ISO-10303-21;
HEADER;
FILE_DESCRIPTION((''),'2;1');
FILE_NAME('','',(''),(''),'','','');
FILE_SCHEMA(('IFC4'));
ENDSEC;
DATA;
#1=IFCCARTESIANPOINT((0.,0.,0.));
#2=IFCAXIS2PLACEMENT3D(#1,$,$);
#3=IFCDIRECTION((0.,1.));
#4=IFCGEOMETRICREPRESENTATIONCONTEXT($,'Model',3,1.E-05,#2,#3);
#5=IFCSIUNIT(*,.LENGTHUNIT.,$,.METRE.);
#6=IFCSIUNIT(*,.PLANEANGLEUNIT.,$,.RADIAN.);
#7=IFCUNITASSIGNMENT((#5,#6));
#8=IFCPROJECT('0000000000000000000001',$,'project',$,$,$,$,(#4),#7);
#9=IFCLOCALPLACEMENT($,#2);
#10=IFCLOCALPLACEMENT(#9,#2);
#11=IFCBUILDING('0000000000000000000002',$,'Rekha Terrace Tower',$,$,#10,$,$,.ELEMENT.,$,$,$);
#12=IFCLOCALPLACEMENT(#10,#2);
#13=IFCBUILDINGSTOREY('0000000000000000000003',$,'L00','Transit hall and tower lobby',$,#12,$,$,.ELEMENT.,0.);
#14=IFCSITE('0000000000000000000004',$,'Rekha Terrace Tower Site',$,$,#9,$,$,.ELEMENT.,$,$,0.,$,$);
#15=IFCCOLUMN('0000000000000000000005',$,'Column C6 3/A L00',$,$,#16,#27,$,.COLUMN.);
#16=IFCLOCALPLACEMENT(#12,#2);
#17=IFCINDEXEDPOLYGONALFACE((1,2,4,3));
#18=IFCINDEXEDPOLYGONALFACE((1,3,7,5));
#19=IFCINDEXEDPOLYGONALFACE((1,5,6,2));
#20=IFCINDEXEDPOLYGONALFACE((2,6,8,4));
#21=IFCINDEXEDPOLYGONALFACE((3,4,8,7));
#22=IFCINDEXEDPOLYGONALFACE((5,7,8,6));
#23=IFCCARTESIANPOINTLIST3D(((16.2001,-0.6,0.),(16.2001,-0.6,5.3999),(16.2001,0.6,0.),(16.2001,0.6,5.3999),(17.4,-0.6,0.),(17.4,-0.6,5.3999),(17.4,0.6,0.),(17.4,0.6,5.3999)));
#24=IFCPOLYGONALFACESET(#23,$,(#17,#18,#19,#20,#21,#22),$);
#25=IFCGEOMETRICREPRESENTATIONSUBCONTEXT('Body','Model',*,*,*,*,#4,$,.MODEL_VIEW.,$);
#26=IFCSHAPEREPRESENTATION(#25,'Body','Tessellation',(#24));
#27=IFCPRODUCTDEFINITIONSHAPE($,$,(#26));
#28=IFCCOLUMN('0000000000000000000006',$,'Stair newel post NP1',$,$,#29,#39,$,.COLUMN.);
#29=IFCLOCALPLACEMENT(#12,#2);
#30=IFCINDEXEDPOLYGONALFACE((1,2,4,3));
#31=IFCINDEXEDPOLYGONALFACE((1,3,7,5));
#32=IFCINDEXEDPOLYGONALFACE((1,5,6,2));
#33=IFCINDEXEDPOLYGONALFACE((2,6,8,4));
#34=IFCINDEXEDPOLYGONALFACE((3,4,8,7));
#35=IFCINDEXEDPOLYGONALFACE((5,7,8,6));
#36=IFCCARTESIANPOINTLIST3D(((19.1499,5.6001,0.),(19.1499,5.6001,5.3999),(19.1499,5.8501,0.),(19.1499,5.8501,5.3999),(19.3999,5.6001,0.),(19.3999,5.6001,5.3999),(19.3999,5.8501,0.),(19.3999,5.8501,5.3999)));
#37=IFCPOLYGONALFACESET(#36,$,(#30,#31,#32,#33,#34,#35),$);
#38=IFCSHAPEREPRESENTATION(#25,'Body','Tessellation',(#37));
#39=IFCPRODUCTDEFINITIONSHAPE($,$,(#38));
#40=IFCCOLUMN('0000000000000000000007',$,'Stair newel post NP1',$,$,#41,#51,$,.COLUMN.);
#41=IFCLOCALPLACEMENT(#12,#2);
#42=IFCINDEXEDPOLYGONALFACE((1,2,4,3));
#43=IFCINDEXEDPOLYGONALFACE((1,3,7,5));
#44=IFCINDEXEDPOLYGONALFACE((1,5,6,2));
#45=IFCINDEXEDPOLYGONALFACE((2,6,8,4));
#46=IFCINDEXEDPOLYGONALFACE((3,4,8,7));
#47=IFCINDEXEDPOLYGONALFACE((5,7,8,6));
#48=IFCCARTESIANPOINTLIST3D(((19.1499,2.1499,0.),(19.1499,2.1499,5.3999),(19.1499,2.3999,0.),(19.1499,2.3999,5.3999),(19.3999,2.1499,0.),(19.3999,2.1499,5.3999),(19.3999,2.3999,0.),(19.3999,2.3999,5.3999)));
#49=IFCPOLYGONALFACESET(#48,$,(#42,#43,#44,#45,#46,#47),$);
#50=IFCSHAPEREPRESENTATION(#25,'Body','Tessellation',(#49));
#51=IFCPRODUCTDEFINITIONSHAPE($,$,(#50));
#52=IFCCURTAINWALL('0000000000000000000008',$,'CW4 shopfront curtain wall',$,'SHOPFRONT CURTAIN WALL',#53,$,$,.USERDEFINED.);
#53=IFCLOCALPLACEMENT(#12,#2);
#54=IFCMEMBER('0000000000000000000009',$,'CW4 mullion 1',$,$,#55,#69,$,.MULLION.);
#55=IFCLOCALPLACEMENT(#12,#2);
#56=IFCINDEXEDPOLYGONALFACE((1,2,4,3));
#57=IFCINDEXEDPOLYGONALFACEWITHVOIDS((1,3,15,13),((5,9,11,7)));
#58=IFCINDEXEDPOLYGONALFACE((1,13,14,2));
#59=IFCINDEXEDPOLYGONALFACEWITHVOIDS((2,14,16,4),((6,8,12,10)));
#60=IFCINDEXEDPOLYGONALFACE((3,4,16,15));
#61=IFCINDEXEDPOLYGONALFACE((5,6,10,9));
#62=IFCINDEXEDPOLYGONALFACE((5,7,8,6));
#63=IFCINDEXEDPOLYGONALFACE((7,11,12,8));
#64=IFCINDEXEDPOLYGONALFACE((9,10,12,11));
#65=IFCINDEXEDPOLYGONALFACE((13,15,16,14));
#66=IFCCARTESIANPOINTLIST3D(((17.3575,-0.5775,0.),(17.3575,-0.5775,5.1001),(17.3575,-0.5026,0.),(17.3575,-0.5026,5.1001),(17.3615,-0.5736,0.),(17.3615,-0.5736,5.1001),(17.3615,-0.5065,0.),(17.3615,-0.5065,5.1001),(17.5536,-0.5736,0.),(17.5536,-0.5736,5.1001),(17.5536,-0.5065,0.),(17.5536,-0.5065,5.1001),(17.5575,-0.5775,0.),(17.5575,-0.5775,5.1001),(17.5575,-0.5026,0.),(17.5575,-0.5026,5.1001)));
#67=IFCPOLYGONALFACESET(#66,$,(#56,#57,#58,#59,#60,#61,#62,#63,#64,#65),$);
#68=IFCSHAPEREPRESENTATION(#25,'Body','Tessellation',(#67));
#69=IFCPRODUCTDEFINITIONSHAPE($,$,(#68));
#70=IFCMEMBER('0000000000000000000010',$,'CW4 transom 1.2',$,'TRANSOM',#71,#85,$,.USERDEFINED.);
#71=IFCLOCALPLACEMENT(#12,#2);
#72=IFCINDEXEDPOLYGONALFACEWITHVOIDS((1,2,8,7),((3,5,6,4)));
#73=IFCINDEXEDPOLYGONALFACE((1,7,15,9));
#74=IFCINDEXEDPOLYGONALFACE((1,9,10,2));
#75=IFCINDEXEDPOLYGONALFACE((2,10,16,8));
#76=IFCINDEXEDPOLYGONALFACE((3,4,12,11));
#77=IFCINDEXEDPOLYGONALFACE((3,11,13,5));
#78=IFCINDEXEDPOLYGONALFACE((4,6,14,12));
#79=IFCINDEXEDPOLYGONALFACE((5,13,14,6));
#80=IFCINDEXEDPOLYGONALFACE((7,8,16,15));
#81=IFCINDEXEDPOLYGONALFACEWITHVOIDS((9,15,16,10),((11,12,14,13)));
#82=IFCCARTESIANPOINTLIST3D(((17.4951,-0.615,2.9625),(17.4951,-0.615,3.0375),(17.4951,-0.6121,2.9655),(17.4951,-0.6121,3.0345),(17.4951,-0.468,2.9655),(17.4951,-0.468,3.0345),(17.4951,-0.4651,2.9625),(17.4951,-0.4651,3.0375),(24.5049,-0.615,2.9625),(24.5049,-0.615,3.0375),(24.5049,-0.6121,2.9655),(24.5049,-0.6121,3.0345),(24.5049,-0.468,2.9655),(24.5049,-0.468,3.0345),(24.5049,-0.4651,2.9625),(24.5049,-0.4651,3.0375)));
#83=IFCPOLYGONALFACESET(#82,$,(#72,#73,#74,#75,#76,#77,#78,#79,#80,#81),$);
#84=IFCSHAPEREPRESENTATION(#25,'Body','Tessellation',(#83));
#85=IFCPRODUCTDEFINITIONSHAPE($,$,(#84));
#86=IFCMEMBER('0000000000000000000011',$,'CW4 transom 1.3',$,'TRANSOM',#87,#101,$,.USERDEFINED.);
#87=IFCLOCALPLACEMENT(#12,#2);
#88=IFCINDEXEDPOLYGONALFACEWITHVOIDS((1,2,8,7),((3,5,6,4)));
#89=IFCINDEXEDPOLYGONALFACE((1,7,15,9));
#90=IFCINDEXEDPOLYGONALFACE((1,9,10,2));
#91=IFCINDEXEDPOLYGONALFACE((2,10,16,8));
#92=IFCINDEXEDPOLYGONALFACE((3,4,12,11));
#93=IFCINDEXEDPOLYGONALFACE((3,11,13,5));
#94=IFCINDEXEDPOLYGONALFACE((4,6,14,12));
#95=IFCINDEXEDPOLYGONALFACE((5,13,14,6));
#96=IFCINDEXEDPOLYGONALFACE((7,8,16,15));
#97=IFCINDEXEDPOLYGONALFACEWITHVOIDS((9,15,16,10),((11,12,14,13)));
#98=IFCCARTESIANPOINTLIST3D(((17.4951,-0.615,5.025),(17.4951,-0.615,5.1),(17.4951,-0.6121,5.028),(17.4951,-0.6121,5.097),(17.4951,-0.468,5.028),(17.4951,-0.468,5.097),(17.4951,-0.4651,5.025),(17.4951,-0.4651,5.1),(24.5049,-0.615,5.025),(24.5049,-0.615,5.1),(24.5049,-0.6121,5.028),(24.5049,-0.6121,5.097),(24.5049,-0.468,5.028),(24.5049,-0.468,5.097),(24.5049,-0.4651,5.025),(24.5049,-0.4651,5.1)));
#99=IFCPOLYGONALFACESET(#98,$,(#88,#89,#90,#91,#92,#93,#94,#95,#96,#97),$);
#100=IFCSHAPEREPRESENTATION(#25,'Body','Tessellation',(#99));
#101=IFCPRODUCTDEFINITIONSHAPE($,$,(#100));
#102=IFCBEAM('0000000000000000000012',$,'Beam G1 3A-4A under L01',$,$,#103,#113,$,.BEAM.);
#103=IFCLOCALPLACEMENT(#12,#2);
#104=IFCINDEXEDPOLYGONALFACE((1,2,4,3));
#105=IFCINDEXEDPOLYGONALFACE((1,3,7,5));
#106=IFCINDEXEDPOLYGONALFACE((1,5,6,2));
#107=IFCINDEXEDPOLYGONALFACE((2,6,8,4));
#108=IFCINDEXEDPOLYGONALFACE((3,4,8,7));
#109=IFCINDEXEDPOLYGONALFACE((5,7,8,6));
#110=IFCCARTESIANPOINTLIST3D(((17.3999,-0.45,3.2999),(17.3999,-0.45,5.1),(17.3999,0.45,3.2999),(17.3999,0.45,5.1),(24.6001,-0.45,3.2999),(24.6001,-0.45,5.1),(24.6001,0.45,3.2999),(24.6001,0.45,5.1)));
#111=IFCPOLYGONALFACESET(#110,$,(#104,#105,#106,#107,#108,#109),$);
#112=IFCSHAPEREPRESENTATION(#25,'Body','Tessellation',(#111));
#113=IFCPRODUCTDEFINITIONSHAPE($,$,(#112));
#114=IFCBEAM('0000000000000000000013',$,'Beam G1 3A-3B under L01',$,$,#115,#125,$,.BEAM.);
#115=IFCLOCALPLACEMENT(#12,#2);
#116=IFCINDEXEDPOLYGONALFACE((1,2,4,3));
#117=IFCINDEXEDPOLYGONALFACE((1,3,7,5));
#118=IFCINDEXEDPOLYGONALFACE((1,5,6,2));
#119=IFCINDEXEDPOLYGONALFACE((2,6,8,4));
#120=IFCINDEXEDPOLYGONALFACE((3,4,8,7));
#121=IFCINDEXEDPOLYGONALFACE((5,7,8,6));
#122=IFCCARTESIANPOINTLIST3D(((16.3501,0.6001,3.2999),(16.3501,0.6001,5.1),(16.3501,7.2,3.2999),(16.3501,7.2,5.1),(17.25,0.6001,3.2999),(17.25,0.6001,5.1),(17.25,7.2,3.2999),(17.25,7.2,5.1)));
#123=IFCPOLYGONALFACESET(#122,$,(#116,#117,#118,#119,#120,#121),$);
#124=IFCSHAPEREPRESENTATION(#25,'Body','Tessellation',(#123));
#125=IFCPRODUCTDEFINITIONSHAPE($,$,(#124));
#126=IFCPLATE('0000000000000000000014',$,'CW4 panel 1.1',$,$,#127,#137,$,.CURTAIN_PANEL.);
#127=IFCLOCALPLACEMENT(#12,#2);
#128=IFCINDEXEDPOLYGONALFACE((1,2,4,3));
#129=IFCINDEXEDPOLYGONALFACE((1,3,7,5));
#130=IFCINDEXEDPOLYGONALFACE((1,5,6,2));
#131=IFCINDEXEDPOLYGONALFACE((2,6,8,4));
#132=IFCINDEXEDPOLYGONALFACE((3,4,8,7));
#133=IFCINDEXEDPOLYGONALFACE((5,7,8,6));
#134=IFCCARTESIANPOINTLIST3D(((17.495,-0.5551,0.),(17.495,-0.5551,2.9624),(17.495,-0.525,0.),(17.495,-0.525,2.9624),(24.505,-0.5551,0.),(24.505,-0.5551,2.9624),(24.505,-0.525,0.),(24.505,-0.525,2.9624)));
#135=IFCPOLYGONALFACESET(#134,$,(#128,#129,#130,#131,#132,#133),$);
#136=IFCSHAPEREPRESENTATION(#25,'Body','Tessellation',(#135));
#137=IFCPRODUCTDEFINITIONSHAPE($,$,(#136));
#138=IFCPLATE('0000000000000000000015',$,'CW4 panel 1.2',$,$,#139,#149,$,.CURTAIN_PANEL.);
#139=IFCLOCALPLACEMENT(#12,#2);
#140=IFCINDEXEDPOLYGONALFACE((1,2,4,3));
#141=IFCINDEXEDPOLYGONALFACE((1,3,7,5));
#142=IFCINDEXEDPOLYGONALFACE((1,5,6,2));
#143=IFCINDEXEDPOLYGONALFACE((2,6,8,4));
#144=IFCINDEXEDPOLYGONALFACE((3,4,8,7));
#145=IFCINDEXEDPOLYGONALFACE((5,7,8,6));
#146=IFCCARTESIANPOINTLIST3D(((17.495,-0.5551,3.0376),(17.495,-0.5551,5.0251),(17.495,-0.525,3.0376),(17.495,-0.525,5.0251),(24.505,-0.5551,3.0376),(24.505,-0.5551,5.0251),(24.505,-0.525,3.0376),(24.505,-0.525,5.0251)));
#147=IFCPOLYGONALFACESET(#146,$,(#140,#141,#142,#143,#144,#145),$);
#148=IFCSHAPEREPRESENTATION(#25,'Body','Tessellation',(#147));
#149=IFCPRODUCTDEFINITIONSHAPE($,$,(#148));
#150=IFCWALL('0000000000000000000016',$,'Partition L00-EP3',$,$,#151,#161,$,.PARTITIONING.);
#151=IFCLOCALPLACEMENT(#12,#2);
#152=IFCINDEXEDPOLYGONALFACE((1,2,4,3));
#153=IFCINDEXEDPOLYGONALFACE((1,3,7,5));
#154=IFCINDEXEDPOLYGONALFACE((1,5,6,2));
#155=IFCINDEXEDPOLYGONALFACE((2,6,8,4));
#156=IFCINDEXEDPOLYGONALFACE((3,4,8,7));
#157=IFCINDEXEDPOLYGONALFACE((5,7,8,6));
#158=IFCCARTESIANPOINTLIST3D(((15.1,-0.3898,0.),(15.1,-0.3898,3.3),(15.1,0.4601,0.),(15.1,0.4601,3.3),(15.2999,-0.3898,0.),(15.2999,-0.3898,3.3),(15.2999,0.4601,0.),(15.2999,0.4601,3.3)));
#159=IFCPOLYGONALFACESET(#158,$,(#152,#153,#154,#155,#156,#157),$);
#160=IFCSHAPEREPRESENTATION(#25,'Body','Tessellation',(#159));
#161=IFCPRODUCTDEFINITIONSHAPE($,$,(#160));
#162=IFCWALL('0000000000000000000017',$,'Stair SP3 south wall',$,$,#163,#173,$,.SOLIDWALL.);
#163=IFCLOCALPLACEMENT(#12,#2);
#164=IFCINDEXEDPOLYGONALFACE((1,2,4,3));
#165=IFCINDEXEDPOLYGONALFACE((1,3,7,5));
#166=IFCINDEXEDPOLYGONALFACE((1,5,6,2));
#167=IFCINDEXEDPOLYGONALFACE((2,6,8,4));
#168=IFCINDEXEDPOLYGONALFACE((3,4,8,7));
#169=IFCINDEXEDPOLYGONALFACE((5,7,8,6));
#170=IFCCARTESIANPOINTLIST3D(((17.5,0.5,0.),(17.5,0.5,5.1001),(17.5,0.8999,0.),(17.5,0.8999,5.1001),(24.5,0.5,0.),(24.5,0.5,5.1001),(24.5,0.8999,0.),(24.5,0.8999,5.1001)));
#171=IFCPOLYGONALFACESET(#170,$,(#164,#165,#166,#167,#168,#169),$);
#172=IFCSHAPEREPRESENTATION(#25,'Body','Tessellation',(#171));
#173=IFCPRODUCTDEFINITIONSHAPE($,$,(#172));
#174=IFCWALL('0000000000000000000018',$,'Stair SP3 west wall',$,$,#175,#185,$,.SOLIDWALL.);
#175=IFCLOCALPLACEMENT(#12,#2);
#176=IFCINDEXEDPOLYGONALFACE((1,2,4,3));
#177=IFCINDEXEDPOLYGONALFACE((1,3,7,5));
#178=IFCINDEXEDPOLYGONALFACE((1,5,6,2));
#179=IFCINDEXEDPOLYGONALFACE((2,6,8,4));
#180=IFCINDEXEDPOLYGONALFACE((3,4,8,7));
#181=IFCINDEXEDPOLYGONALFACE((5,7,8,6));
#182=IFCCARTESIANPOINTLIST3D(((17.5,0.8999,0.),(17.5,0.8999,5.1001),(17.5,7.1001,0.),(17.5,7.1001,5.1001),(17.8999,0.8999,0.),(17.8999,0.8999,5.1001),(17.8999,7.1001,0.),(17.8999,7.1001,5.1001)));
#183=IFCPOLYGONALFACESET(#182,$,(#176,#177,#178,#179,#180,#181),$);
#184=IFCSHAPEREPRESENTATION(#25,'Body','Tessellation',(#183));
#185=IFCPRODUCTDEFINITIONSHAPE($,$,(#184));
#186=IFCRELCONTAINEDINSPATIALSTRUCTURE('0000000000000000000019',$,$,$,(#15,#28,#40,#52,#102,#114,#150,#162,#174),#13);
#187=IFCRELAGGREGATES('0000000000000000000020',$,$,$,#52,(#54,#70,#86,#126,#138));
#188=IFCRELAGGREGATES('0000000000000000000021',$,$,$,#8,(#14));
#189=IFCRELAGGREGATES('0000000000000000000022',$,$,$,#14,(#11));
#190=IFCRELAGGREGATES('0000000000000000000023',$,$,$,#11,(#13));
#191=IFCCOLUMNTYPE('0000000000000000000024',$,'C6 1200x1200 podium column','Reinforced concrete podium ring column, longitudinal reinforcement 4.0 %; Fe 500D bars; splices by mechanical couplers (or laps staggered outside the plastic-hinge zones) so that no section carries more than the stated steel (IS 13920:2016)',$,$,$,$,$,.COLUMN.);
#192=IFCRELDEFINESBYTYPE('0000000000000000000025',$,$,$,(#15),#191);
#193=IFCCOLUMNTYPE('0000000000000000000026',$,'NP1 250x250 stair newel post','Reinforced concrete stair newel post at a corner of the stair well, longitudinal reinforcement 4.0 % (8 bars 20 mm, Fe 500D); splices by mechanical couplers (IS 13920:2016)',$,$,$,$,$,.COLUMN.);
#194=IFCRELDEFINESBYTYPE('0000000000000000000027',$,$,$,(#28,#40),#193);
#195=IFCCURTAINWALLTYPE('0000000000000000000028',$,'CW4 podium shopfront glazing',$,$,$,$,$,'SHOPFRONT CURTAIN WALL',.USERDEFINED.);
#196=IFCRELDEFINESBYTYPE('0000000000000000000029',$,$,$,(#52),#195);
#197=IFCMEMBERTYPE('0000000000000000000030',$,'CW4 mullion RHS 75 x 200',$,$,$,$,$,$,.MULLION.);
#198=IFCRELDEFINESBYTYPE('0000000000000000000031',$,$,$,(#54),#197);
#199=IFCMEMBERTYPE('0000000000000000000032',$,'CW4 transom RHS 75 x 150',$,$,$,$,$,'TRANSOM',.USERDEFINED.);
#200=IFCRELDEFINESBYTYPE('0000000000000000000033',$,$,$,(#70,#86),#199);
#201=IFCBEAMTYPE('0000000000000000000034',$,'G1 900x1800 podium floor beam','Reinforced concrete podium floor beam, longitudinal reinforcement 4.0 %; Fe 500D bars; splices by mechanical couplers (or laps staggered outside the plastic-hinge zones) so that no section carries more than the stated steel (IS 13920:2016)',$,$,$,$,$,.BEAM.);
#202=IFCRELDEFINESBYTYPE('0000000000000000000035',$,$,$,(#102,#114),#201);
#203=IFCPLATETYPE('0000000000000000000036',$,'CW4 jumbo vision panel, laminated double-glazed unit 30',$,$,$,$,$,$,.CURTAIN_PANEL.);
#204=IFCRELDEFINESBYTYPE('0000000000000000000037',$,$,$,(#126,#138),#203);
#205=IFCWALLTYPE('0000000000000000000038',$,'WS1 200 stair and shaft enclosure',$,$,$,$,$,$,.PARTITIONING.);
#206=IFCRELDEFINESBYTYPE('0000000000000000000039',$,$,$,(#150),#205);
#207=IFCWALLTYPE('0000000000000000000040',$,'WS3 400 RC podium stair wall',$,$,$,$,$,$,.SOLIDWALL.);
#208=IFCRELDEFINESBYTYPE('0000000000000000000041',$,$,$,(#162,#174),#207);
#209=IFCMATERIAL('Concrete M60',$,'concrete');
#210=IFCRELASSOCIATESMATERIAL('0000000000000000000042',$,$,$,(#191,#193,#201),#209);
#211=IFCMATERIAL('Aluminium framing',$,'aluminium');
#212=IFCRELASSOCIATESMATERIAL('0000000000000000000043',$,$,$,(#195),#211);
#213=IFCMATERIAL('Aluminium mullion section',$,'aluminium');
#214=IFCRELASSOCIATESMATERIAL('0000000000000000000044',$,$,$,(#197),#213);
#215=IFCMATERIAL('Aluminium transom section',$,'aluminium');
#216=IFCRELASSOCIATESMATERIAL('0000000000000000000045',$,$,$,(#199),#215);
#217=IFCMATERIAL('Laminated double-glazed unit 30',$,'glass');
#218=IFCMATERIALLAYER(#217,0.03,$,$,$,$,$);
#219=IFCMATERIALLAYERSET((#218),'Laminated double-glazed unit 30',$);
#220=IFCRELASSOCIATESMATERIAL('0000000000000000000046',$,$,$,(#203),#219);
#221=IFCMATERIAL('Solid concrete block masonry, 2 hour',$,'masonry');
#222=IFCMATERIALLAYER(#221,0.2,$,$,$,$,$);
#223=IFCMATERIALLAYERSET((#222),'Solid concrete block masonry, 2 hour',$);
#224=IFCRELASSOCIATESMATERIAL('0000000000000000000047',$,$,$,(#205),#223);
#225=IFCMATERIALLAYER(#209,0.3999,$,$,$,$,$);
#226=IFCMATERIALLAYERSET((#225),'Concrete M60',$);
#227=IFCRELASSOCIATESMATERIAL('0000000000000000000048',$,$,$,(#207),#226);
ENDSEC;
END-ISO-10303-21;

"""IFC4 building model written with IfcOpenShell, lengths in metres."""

from ifc_helpers import new_model, si_unit, direction, frame, frame_2d, origin, origin_2d, place, context, subcontext, project, spatial, rectangle, hollow_rectangle, extrude, material, layer, layer_set, material_profile, profile_set, type_object, element, aggregate, save


model = new_model("IFC4")

# Units and contexts
model_context = context("Model", 3, precision=1e-05, world=origin(), true_north=direction((0.0, 1.0)))
body_context = subcontext(model_context, "Body", "Model", "MODEL_VIEW")
ifc_project = project(units=[si_unit("LENGTHUNIT", "METRE"), si_unit("PLANEANGLEUNIT", "RADIAN")], contexts=[model_context])

# Site, building, storey
site_placement = place(None, origin())
site = spatial("IfcSite", under=ifc_project, at=site_placement, Name="Rekha Terrace Tower Site", CompositionType="ELEMENT", RefElevation=0.0)
building_placement = place(site_placement, origin())
building = spatial("IfcBuilding", under=site, at=building_placement, Name="Rekha Terrace Tower", CompositionType="ELEMENT")
storey_placement = place(building_placement, origin())
storey = spatial("IfcBuildingStorey", under=building, at=storey_placement, Name="L00", Description="Transit hall and tower lobby", CompositionType="ELEMENT", Elevation=0.0)

# Columns
ifc_material_1 = material(Name="Concrete M60", Category="concrete")
ifc_material_profile_1 = material_profile(ifc_material_1, rectangle(XDim=1.2, YDim=1.2, at=origin_2d()), Name="RC 1200x1200")
ifc_profile_set_1 = profile_set([ifc_material_profile_1], Name="Concrete M60")
column_type_1 = type_object("IfcColumnType", Name="C6 1200x1200 podium column", Description="Reinforced concrete podium ring column, longitudinal reinforcement 4.0 %; Fe 500D bars; splices by mechanical couplers (or laps staggered outside the plastic-hinge zones) so that no section carries more than the stated steel (IS 13920:2016)", PredefinedType="COLUMN", material=ifc_profile_set_1)
column_placement = place(storey_placement, frame((16.8, 0.0, 0.0), z_axis=(0.0, 0.0, 1.0), x_axis=(1.0, 0.0, 0.0)))
element("IfcColumn", 1, at=column_placement, inside=storey, type_object=column_type_1, Name="Column C6 3/A L00", PredefinedType="COLUMN", context=body_context, shape_type="SweptSolid", body=[
    extrude(rectangle(XDim=1.2, YDim=1.2, at=origin_2d()), origin(), (0.0, 0.0, 1.0), 5.3999),
])
ifc_material_profile_2 = material_profile(ifc_material_1, rectangle(XDim=0.25, YDim=0.25, at=origin_2d()), Name="RC 250x250")
ifc_profile_set_2 = profile_set([ifc_material_profile_2], Name="Concrete M60")
column_type_2 = type_object("IfcColumnType", Name="NP1 250x250 stair newel post", Description="Reinforced concrete stair newel post at a corner of the stair well, longitudinal reinforcement 4.0 % (8 bars 20 mm, Fe 500D); splices by mechanical couplers (IS 13920:2016)", PredefinedType="COLUMN", material=ifc_profile_set_2)
for number, where, z_axis, x_axis, name in (
    (2, (19.2749, 5.7251, 0.0), (0.0, 0.0, 1.0), (1.0, 0.0, 0.0), "Stair newel post NP1"),
    (3, (19.2749, 2.2749, 0.0), (0.0, 0.0, 1.0), (1.0, 0.0, 0.0), "Stair newel post NP1"),
):
    element("IfcColumn", number, at=place(storey_placement, frame(where, z_axis=z_axis, x_axis=x_axis)), inside=storey, type_object=column_type_2, Name=name, PredefinedType="COLUMN", context=body_context, shape_type="SweptSolid", body=[
        extrude(rectangle(XDim=0.25, YDim=0.25, at=origin_2d()), origin(), (0.0, 0.0, 1.0), 5.3999),
    ])

# Curtain wall, members
ifc_material_2 = material(Name="Aluminium framing", Category="aluminium")
curtain_wall_type = type_object("IfcCurtainWallType", Name="CW4 podium shopfront glazing", ElementType="SHOPFRONT CURTAIN WALL", PredefinedType="USERDEFINED", material=ifc_material_2)
curtain_wall_placement = place(storey_placement, origin())
curtain_wall = element("IfcCurtainWall", 4, at=curtain_wall_placement, inside=storey, type_object=curtain_wall_type, Name="CW4 shopfront curtain wall", ObjectType="SHOPFRONT CURTAIN WALL", PredefinedType="USERDEFINED")
ifc_material_3 = material(Name="Aluminium mullion section", Category="aluminium")
ifc_material_profile_3 = material_profile(ifc_material_3, hollow_rectangle(XDim=0.075, YDim=0.2, WallThickness=0.0039, at=origin_2d()), Name="AL RHS 75x200")
ifc_profile_set_3 = profile_set([ifc_material_profile_3], Name="Aluminium mullion section")
member_type_1 = type_object("IfcMemberType", Name="CW4 mullion RHS 75 x 200", PredefinedType="MULLION", material=ifc_profile_set_3)
member_1_placement = place(storey_placement, frame((17.4575, -0.54, 0.0), z_axis=(0.0, 0.0, 1.0), x_axis=(0.0, 1.0, 0.0)))
member_1 = element("IfcMember", 5, at=member_1_placement, type_object=member_type_1, Name="CW4 mullion 1", PredefinedType="MULLION", context=body_context, shape_type="SweptSolid", body=[
    extrude(hollow_rectangle(XDim=0.075, YDim=0.2, WallThickness=0.0039, at=origin_2d()), origin(), (0.0, 0.0, 1.0), 5.1001),
])
ifc_material_4 = material(Name="Aluminium transom section", Category="aluminium")
ifc_material_profile_4 = material_profile(ifc_material_4, hollow_rectangle(XDim=0.1499, YDim=0.075, WallThickness=0.0029, at=origin_2d()), Name="AL RHS 150x75")
ifc_profile_set_4 = profile_set([ifc_material_profile_4], Name="Aluminium transom section")
member_type_2 = type_object("IfcMemberType", Name="CW4 transom RHS 75 x 150", ElementType="TRANSOM", PredefinedType="USERDEFINED", material=ifc_profile_set_4)
member_2_placement = place(storey_placement, frame((17.4951, -0.54, 3.0), z_axis=(1.0, 0.0, 0.0), x_axis=(0.0, 1.0, 0.0)))
member_2 = element("IfcMember", 6, at=member_2_placement, type_object=member_type_2, Name="CW4 transom 1.2", ObjectType="TRANSOM", PredefinedType="USERDEFINED", context=body_context, shape_type="SweptSolid", body=[
    extrude(hollow_rectangle(XDim=0.1499, YDim=0.075, WallThickness=0.0029, at=origin_2d()), origin(), (0.0, 0.0, 1.0), 7.0098),
])
member_3_placement = place(storey_placement, frame((17.4951, -0.54, 5.0625), z_axis=(1.0, 0.0, 0.0), x_axis=(0.0, 1.0, 0.0)))
member_3 = element("IfcMember", 7, at=member_3_placement, type_object=member_type_2, Name="CW4 transom 1.3", ObjectType="TRANSOM", PredefinedType="USERDEFINED", context=body_context, shape_type="SweptSolid", body=[
    extrude(hollow_rectangle(XDim=0.1499, YDim=0.075, WallThickness=0.0029, at=origin_2d()), origin(), (0.0, 0.0, 1.0), 7.0098),
])

# Beams
ifc_material_profile_5 = material_profile(ifc_material_1, rectangle(XDim=0.8999, YDim=1.8, at=origin_2d()), Name="RC 900x1800")
ifc_profile_set_5 = profile_set([ifc_material_profile_5], Name="Concrete M60")
beam_type = type_object("IfcBeamType", Name="G1 900x1800 podium floor beam", Description="Reinforced concrete podium floor beam, longitudinal reinforcement 4.0 %; Fe 500D bars; splices by mechanical couplers (or laps staggered outside the plastic-hinge zones) so that no section carries more than the stated steel (IS 13920:2016)", PredefinedType="BEAM", material=ifc_profile_set_5)
beam_1_placement = place(storey_placement, frame((17.3999, 0.0, 4.2), z_axis=(1.0, 0.0, 0.0), x_axis=(0.0, 1.0, 0.0)))
element("IfcBeam", 8, at=beam_1_placement, inside=storey, type_object=beam_type, Name="Beam G1 3A-4A under L01", PredefinedType="BEAM", context=body_context, shape_type="SweptSolid", body=[
    extrude(rectangle(XDim=0.8999, YDim=1.8, at=origin_2d()), origin(), (0.0, 0.0, 1.0), 7.2002),
])
beam_2_placement = place(storey_placement, frame((16.8, 0.6001, 4.2), z_axis=(0.0, 1.0, 0.0), x_axis=(-1.0, 0.0, 0.0)))
element("IfcBeam", 9, at=beam_2_placement, inside=storey, type_object=beam_type, Name="Beam G1 3A-3B under L01", PredefinedType="BEAM", context=body_context, shape_type="SweptSolid", body=[
    extrude(rectangle(XDim=0.8999, YDim=1.8, at=origin_2d()), origin(), (0.0, 0.0, 1.0), 6.5999),
])

# Plates
ifc_material_5 = material(Name="Laminated double-glazed unit 30", Category="glass")
ifc_layer_1 = layer(ifc_material_5, 0.03)
ifc_layer_set_1 = layer_set([ifc_layer_1], Name="Laminated double-glazed unit 30")
plate_type = type_object("IfcPlateType", Name="CW4 jumbo vision panel, laminated double-glazed unit 30", PredefinedType="CURTAIN_PANEL", material=ifc_layer_set_1)
plate_1_placement = place(storey_placement, frame((21.0, -0.54, 0.0), z_axis=(0.0, 0.0, 1.0), x_axis=(1.0, 0.0, 0.0)))
plate_1 = element("IfcPlate", 10, at=plate_1_placement, type_object=plate_type, Name="CW4 panel 1.1", PredefinedType="CURTAIN_PANEL", context=body_context, shape_type="SweptSolid", body=[
    extrude(rectangle(XDim=7.01, YDim=0.03, at=origin_2d()), origin(), (0.0, 0.0, 1.0), 2.9624),
])
plate_2_placement = place(storey_placement, frame((21.0, -0.54, 3.0376), z_axis=(0.0, 0.0, 1.0), x_axis=(1.0, 0.0, 0.0)))
plate_2 = element("IfcPlate", 11, at=plate_2_placement, type_object=plate_type, Name="CW4 panel 1.2", PredefinedType="CURTAIN_PANEL", context=body_context, shape_type="SweptSolid", body=[
    extrude(rectangle(XDim=7.01, YDim=0.03, at=origin_2d()), origin(), (0.0, 0.0, 1.0), 1.9875),
])
aggregate(curtain_wall, [member_1, member_2, member_3, plate_1, plate_2])

# Walls
ifc_material_6 = material(Name="Solid concrete block masonry, 2 hour", Category="masonry")
ifc_layer_2 = layer(ifc_material_6, 0.2)
ifc_layer_set_2 = layer_set([ifc_layer_2], Name="Solid concrete block masonry, 2 hour")
wall_type_1 = type_object("IfcWallType", Name="WS1 200 stair and shaft enclosure", PredefinedType="PARTITIONING", material=ifc_layer_set_2)
wall_1_placement = place(storey_placement, frame((15.2, 0.46, 0.0), z_axis=(0.0, 0.0, 1.0), x_axis=(0.0, -1.0, 0.0)))
element("IfcWall", 12, at=wall_1_placement, inside=storey, type_object=wall_type_1, Name="Partition L00-EP3", PredefinedType="PARTITIONING", context=body_context, shape_type="SweptSolid", body=[
    extrude(rectangle(XDim=0.8499, YDim=0.2, at=frame_2d((0.4248, 0.0))), origin(), (0.0, 0.0, 1.0), 3.3),
])
ifc_layer_3 = layer(ifc_material_1, 0.3999)
ifc_layer_set_3 = layer_set([ifc_layer_3], Name="Concrete M60")
wall_type_2 = type_object("IfcWallType", Name="WS3 400 RC podium stair wall", PredefinedType="SOLIDWALL", material=ifc_layer_set_3)
wall_2_placement = place(storey_placement, frame((17.5, 0.7, 0.0), z_axis=(0.0, 0.0, 1.0), x_axis=(1.0, 0.0, 0.0)))
element("IfcWall", 13, at=wall_2_placement, inside=storey, type_object=wall_type_2, Name="Stair SP3 south wall", PredefinedType="SOLIDWALL", context=body_context, shape_type="SweptSolid", body=[
    extrude(rectangle(XDim=7.0, YDim=0.3999, at=frame_2d((3.5, 0.0))), origin(), (0.0, 0.0, 1.0), 5.1001),
])
wall_3_placement = place(storey_placement, frame((17.7, 0.8999, 0.0), z_axis=(0.0, 0.0, 1.0), x_axis=(0.0, 1.0, 0.0)))
element("IfcWall", 14, at=wall_3_placement, inside=storey, type_object=wall_type_2, Name="Stair SP3 west wall", PredefinedType="SOLIDWALL", context=body_context, shape_type="SweptSolid", body=[
    extrude(rectangle(XDim=6.2002, YDim=0.3999, at=frame_2d((3.1001, 0.0))), origin(), (0.0, 0.0, 1.0), 5.1001),
])

save(model, "model.ifc")
